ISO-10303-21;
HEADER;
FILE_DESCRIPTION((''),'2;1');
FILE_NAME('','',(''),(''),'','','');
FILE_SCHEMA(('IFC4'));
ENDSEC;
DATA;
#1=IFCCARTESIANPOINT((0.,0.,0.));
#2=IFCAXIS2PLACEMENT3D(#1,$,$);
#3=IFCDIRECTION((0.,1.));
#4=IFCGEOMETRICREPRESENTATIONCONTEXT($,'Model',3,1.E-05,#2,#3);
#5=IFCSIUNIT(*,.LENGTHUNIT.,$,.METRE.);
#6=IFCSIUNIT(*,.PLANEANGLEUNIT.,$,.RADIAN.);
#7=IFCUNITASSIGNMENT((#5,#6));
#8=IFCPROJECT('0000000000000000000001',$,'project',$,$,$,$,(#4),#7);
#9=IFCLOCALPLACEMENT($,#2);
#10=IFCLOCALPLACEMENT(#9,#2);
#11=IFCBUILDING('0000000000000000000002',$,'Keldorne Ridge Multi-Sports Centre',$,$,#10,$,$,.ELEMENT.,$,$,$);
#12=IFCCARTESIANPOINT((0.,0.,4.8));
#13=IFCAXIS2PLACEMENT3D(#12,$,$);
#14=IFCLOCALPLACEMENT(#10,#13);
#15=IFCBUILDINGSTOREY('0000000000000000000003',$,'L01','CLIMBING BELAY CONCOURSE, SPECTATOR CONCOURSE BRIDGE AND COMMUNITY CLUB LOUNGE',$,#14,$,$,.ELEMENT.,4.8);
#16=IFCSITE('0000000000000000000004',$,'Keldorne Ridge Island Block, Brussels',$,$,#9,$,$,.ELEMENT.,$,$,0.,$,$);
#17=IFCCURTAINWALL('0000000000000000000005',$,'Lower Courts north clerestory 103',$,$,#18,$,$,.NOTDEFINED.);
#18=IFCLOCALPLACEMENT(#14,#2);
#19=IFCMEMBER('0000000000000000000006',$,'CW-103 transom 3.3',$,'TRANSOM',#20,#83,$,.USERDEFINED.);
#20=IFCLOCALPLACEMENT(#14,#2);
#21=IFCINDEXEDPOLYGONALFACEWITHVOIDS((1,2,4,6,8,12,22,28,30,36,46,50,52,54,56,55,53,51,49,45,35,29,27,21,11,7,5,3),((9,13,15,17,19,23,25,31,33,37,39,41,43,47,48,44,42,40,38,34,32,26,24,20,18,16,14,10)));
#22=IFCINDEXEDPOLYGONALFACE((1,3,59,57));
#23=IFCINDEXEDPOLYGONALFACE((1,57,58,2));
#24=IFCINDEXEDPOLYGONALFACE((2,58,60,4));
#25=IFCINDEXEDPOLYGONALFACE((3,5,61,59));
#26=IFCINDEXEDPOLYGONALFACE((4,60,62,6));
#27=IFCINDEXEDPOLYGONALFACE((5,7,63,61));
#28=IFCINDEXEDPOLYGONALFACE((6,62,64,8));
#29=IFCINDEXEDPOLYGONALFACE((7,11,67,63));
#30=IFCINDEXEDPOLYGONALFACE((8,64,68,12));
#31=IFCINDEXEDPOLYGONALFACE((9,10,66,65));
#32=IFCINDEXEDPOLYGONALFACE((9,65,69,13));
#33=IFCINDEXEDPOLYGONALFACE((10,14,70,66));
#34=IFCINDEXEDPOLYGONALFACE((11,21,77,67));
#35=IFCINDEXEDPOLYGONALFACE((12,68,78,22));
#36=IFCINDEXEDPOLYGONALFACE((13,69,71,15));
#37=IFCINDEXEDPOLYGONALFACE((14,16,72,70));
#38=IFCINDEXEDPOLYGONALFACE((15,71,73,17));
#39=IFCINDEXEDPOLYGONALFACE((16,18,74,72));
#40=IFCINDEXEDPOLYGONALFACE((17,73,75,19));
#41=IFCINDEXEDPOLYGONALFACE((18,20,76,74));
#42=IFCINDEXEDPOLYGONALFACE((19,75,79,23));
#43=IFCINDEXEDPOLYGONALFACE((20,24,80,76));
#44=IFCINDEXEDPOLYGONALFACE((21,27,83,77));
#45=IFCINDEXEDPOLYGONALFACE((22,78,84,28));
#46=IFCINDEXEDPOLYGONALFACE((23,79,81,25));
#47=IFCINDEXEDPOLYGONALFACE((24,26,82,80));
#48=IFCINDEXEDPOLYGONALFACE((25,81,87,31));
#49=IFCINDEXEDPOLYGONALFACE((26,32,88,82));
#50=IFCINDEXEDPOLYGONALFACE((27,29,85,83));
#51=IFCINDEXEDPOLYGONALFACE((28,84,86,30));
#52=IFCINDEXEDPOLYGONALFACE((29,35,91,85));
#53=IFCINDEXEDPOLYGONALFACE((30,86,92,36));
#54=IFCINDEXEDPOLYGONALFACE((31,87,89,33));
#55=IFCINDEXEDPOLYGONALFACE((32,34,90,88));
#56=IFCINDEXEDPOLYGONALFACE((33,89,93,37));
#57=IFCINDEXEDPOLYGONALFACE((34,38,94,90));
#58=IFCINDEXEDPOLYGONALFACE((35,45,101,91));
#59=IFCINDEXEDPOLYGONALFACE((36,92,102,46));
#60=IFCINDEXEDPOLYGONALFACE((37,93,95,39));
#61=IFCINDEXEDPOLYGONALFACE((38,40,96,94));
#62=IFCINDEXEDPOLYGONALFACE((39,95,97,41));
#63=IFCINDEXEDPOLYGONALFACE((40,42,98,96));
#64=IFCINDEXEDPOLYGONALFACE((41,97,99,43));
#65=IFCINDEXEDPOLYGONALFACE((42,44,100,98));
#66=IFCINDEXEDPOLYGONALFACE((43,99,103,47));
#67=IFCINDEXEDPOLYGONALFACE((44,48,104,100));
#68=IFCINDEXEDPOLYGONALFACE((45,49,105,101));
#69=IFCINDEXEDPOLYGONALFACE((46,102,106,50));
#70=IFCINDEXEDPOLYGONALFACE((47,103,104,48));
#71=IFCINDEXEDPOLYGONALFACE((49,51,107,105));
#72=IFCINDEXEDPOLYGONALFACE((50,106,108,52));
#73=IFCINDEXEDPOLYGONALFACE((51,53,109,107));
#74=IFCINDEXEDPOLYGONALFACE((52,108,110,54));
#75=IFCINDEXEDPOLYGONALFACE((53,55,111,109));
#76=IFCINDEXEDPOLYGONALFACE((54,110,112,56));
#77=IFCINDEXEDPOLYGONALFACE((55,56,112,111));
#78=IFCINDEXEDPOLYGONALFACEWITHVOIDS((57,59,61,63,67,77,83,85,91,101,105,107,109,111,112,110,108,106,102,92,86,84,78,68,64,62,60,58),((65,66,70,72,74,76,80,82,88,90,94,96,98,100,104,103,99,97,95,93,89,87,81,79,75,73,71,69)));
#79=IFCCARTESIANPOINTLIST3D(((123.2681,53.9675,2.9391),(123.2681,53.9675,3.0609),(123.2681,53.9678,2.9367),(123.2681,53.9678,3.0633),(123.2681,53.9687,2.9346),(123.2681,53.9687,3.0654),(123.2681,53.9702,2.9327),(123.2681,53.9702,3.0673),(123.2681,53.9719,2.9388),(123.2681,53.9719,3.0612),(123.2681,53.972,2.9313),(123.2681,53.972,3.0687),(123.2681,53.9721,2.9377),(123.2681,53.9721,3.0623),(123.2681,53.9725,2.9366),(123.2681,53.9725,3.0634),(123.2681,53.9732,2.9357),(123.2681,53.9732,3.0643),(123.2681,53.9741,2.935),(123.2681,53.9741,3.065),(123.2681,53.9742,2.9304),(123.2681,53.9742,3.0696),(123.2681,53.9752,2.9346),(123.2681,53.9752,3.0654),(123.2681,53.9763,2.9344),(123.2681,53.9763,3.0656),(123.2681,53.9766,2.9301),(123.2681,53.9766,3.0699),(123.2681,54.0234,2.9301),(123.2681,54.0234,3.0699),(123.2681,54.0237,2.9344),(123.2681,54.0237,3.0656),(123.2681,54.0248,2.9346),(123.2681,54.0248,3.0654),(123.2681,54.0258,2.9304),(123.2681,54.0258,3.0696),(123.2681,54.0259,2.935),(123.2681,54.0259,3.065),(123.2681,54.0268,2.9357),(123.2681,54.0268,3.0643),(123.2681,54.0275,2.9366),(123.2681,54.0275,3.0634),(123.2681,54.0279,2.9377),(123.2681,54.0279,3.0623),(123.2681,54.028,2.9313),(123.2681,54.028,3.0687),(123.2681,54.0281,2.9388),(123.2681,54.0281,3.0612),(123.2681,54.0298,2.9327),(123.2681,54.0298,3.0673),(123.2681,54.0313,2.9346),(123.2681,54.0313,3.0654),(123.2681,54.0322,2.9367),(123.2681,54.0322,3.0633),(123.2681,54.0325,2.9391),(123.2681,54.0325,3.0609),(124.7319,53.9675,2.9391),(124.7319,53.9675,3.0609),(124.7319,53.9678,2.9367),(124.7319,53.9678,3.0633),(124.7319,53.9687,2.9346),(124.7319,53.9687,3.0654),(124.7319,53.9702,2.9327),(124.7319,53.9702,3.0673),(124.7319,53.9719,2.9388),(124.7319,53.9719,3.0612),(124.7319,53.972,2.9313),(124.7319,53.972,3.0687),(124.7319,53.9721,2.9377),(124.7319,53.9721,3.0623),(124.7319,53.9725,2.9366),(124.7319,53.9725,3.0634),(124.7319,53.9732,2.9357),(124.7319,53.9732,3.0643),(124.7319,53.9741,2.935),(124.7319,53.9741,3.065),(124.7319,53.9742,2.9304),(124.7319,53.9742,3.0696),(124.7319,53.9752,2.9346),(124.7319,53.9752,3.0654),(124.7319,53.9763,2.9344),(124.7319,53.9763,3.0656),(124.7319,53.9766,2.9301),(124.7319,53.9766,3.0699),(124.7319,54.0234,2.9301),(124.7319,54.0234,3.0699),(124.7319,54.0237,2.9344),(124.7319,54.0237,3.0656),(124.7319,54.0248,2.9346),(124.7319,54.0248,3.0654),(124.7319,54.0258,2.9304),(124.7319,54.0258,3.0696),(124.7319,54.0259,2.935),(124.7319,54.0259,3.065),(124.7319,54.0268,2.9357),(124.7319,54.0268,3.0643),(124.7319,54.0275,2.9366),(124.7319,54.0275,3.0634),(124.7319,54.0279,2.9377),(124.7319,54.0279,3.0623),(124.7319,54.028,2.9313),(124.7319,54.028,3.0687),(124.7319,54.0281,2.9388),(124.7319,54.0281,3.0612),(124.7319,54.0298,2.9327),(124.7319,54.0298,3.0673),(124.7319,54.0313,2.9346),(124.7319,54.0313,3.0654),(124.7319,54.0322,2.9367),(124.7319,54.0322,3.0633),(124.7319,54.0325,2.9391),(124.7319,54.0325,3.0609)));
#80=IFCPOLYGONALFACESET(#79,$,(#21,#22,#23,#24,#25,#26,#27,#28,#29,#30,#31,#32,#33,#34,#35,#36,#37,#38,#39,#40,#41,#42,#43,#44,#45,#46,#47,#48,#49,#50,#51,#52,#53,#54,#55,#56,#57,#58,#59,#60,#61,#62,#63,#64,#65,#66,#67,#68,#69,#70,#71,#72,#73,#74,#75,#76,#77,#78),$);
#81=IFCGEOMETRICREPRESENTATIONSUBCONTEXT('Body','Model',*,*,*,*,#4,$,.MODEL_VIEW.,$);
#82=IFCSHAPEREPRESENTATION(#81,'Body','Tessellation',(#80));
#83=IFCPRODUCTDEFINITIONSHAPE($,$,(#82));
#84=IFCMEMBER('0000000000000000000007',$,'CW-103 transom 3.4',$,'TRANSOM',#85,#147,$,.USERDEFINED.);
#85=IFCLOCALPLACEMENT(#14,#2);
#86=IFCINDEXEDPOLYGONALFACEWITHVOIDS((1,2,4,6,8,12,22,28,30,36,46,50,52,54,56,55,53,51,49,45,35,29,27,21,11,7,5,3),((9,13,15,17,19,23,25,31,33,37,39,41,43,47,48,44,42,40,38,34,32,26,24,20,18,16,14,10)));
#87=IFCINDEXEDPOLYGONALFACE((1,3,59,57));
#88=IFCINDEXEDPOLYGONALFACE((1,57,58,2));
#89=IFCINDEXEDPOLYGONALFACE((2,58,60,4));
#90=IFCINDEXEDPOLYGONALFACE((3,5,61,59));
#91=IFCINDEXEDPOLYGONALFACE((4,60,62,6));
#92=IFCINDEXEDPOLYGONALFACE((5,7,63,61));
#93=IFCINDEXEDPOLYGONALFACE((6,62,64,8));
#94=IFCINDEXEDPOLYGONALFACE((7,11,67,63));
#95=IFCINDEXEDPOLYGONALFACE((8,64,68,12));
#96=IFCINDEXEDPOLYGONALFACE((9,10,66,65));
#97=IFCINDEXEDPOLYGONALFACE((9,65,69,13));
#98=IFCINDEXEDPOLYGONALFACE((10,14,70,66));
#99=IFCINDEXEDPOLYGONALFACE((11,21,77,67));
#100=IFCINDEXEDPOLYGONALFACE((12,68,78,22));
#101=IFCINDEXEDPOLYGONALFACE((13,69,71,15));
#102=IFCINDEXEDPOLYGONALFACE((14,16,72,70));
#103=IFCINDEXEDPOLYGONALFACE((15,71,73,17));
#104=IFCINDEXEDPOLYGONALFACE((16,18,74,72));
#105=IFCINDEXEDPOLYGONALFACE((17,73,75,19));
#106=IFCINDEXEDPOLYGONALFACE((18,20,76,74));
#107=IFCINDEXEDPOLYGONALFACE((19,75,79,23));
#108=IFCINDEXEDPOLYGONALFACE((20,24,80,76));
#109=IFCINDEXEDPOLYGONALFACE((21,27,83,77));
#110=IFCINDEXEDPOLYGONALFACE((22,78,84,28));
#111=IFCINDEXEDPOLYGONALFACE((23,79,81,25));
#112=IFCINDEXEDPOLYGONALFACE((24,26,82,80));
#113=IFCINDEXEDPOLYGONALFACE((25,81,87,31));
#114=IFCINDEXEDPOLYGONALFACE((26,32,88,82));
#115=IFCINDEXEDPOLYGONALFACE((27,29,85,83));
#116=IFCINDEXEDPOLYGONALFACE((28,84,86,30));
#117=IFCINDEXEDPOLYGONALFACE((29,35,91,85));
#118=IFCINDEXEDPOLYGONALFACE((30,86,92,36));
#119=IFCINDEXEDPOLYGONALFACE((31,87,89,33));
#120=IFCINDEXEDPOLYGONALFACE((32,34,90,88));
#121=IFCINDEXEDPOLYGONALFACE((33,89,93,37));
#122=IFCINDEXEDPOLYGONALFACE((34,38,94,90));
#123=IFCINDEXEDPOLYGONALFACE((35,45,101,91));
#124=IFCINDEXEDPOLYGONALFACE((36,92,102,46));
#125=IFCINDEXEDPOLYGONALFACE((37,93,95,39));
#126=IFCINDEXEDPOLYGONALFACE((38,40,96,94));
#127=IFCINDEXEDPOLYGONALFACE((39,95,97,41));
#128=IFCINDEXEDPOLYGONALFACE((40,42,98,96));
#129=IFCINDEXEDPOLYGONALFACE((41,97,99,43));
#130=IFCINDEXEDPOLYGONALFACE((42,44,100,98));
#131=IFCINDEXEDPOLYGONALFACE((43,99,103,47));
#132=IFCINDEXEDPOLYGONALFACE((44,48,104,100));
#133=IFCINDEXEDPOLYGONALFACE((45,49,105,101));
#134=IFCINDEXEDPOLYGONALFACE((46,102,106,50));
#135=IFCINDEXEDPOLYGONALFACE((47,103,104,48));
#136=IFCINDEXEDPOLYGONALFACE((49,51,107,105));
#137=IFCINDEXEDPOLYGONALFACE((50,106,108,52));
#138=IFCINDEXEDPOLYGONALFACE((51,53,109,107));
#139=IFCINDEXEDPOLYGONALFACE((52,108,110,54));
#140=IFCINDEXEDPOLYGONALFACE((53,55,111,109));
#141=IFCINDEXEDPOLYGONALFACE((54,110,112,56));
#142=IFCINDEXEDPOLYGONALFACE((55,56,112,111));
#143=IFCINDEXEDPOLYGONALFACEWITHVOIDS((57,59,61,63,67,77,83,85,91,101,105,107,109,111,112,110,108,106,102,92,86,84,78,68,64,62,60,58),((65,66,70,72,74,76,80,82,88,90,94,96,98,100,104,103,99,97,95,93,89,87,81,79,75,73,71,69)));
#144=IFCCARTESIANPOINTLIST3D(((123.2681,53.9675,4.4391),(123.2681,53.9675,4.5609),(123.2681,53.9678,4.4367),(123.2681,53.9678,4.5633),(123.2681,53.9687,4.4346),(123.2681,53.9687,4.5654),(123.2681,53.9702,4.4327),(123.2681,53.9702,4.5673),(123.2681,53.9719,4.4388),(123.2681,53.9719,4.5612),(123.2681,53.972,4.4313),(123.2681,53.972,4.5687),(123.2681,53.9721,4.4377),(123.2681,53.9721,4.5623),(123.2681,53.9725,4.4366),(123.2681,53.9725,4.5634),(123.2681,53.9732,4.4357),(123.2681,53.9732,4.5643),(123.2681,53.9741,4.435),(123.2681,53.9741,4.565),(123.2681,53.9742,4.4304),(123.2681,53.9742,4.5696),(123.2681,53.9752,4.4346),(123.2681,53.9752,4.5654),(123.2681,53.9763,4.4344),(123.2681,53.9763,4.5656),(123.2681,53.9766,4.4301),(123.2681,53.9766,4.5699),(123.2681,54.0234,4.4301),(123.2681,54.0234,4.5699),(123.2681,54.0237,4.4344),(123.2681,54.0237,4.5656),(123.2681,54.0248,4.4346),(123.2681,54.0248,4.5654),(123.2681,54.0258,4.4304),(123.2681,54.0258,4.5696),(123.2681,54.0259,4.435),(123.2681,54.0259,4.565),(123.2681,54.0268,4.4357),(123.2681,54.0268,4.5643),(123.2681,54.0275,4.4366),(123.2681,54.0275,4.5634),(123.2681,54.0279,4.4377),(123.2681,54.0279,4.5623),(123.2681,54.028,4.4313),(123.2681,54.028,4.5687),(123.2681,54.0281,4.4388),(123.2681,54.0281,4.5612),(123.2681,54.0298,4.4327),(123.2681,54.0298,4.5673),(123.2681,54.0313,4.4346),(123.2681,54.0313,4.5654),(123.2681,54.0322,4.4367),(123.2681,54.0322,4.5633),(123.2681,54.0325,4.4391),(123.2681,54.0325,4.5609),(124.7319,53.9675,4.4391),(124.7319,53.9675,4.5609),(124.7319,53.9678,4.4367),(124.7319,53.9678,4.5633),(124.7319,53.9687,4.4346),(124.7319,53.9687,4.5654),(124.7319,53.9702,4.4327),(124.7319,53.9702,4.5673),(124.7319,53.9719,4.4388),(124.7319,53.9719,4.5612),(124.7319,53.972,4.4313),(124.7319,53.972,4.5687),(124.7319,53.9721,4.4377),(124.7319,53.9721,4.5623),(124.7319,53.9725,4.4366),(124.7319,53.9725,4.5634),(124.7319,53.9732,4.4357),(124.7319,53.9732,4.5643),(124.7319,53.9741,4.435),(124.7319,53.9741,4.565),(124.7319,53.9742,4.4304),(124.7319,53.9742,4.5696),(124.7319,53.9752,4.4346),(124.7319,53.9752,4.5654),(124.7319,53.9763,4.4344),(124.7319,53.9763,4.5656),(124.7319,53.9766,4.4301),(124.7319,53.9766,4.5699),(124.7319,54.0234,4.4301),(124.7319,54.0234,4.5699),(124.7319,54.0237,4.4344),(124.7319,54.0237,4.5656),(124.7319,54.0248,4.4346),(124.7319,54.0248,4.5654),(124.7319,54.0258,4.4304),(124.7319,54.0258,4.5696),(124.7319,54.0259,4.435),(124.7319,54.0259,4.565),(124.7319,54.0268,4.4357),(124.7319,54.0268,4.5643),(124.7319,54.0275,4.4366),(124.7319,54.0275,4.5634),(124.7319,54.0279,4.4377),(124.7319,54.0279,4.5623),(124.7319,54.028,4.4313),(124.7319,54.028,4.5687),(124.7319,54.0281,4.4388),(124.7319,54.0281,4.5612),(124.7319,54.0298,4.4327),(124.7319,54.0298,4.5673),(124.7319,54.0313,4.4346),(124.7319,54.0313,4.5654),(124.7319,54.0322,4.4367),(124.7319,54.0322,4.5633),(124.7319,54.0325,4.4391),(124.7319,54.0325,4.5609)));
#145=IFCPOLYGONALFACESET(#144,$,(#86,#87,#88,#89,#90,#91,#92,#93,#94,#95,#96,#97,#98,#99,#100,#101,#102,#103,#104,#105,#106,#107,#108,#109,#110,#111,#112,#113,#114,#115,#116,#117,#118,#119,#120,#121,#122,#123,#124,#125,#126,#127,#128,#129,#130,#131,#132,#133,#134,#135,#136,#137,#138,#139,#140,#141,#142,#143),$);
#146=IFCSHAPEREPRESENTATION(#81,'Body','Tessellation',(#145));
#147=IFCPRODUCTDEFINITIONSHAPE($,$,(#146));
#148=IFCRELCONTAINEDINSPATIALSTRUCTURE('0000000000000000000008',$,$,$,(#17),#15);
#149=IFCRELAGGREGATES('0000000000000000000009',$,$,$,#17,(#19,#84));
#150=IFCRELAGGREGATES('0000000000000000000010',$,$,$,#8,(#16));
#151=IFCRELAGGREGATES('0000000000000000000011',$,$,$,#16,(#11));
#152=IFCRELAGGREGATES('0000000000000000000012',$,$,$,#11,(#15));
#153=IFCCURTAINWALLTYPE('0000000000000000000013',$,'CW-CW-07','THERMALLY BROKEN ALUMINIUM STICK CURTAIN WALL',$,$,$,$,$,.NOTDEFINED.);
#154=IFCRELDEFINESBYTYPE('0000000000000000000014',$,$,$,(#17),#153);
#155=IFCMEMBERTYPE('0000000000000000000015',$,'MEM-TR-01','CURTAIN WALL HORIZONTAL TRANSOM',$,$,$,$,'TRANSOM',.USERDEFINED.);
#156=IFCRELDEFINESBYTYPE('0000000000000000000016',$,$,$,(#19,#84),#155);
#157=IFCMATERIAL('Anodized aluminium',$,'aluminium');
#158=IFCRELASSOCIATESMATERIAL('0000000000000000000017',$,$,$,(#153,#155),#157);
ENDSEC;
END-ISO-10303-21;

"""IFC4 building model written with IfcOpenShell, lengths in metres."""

from ifc_helpers import new_model, si_unit, direction, frame, origin, origin_2d, place, context, subcontext, project, spatial, hollow_rectangle, extrude, material, material_profile, profile_set, type_object, element, aggregate, save


model = new_model("IFC4")

# Units and contexts
model_context = context("Model", 3, precision=1e-05, world=origin(), true_north=direction((0.0, 1.0)))
body_context = subcontext(model_context, "Body", "Model", "MODEL_VIEW")
ifc_project = project(units=[si_unit("LENGTHUNIT", "METRE"), si_unit("PLANEANGLEUNIT", "RADIAN")], contexts=[model_context])

# Site, building, storey
site_placement = place(None, origin())
site = spatial("IfcSite", under=ifc_project, at=site_placement, Name="Keldorne Ridge Island Block, Brussels", CompositionType="ELEMENT", RefElevation=0.0)
building_placement = place(site_placement, origin())
building = spatial("IfcBuilding", under=site, at=building_placement, Name="Keldorne Ridge Multi-Sports Centre", CompositionType="ELEMENT")
storey_placement = place(building_placement, frame((0.0, 0.0, 4.8)))
storey = spatial("IfcBuildingStorey", under=building, at=storey_placement, Name="L01", Description="CLIMBING BELAY CONCOURSE, SPECTATOR CONCOURSE BRIDGE AND COMMUNITY CLUB LOUNGE", CompositionType="ELEMENT", Elevation=4.8)

# Curtain wall, members
ifc_material_1 = material(Name="Anodized aluminium", Category="aluminium")
curtain_wall_type = type_object("IfcCurtainWallType", Name="CW-CW-07", Description="THERMALLY BROKEN ALUMINIUM STICK CURTAIN WALL", PredefinedType="NOTDEFINED", material=ifc_material_1)
curtain_wall_placement = place(storey_placement, origin())
curtain_wall = element("IfcCurtainWall", 1, at=curtain_wall_placement, inside=storey, type_object=curtain_wall_type, Name="Lower Courts north clerestory 103", PredefinedType="NOTDEFINED")
ifc_material_profile_1 = material_profile(ifc_material_1, hollow_rectangle(XDim=0.0649, YDim=0.1399, WallThickness=0.0044, InnerFilletRadius=0.0044, OuterFilletRadius=0.009, at=origin_2d()), Name="ALU TRANSOM 140x65x4.5")
ifc_profile_set_1 = profile_set([ifc_material_profile_1], Name="Anodized aluminium")
member_type_1 = type_object("IfcMemberType", Name="MEM-TR-01", Description="CURTAIN WALL HORIZONTAL TRANSOM", ElementType="TRANSOM", PredefinedType="USERDEFINED", material=ifc_profile_set_1)
member_1_placement = place(storey_placement, frame((124.7319, 54.0, 3.0), z_axis=(-1.0, 0.0, 0.0), x_axis=(0.0, -1.0, 0.0)))
member_1 = element("IfcMember", 2, at=member_1_placement, type_object=member_type_1, Name="CW-103 transom 3.3", ObjectType="TRANSOM", PredefinedType="USERDEFINED", context=body_context, shape_type="SweptSolid", body=[
    extrude(hollow_rectangle(XDim=0.0649, YDim=0.1399, WallThickness=0.0044, InnerFilletRadius=0.0044, OuterFilletRadius=0.009, at=origin_2d()), origin(), (0.0, 0.0, 1.0), 1.4639),
])
member_2_placement = place(storey_placement, frame((124.7319, 54.0, 4.5), z_axis=(-1.0, 0.0, 0.0), x_axis=(0.0, -1.0, 0.0)))
member_2 = element("IfcMember", 3, at=member_2_placement, type_object=member_type_1, Name="CW-103 transom 3.4", ObjectType="TRANSOM", PredefinedType="USERDEFINED", context=body_context, shape_type="SweptSolid", body=[
    extrude(hollow_rectangle(XDim=0.0649, YDim=0.1399, WallThickness=0.0044, InnerFilletRadius=0.0044, OuterFilletRadius=0.009, at=origin_2d()), origin(), (0.0, 0.0, 1.0), 1.4639),
])
aggregate(curtain_wall, [member_1, member_2])

save(model, "model.ifc")
